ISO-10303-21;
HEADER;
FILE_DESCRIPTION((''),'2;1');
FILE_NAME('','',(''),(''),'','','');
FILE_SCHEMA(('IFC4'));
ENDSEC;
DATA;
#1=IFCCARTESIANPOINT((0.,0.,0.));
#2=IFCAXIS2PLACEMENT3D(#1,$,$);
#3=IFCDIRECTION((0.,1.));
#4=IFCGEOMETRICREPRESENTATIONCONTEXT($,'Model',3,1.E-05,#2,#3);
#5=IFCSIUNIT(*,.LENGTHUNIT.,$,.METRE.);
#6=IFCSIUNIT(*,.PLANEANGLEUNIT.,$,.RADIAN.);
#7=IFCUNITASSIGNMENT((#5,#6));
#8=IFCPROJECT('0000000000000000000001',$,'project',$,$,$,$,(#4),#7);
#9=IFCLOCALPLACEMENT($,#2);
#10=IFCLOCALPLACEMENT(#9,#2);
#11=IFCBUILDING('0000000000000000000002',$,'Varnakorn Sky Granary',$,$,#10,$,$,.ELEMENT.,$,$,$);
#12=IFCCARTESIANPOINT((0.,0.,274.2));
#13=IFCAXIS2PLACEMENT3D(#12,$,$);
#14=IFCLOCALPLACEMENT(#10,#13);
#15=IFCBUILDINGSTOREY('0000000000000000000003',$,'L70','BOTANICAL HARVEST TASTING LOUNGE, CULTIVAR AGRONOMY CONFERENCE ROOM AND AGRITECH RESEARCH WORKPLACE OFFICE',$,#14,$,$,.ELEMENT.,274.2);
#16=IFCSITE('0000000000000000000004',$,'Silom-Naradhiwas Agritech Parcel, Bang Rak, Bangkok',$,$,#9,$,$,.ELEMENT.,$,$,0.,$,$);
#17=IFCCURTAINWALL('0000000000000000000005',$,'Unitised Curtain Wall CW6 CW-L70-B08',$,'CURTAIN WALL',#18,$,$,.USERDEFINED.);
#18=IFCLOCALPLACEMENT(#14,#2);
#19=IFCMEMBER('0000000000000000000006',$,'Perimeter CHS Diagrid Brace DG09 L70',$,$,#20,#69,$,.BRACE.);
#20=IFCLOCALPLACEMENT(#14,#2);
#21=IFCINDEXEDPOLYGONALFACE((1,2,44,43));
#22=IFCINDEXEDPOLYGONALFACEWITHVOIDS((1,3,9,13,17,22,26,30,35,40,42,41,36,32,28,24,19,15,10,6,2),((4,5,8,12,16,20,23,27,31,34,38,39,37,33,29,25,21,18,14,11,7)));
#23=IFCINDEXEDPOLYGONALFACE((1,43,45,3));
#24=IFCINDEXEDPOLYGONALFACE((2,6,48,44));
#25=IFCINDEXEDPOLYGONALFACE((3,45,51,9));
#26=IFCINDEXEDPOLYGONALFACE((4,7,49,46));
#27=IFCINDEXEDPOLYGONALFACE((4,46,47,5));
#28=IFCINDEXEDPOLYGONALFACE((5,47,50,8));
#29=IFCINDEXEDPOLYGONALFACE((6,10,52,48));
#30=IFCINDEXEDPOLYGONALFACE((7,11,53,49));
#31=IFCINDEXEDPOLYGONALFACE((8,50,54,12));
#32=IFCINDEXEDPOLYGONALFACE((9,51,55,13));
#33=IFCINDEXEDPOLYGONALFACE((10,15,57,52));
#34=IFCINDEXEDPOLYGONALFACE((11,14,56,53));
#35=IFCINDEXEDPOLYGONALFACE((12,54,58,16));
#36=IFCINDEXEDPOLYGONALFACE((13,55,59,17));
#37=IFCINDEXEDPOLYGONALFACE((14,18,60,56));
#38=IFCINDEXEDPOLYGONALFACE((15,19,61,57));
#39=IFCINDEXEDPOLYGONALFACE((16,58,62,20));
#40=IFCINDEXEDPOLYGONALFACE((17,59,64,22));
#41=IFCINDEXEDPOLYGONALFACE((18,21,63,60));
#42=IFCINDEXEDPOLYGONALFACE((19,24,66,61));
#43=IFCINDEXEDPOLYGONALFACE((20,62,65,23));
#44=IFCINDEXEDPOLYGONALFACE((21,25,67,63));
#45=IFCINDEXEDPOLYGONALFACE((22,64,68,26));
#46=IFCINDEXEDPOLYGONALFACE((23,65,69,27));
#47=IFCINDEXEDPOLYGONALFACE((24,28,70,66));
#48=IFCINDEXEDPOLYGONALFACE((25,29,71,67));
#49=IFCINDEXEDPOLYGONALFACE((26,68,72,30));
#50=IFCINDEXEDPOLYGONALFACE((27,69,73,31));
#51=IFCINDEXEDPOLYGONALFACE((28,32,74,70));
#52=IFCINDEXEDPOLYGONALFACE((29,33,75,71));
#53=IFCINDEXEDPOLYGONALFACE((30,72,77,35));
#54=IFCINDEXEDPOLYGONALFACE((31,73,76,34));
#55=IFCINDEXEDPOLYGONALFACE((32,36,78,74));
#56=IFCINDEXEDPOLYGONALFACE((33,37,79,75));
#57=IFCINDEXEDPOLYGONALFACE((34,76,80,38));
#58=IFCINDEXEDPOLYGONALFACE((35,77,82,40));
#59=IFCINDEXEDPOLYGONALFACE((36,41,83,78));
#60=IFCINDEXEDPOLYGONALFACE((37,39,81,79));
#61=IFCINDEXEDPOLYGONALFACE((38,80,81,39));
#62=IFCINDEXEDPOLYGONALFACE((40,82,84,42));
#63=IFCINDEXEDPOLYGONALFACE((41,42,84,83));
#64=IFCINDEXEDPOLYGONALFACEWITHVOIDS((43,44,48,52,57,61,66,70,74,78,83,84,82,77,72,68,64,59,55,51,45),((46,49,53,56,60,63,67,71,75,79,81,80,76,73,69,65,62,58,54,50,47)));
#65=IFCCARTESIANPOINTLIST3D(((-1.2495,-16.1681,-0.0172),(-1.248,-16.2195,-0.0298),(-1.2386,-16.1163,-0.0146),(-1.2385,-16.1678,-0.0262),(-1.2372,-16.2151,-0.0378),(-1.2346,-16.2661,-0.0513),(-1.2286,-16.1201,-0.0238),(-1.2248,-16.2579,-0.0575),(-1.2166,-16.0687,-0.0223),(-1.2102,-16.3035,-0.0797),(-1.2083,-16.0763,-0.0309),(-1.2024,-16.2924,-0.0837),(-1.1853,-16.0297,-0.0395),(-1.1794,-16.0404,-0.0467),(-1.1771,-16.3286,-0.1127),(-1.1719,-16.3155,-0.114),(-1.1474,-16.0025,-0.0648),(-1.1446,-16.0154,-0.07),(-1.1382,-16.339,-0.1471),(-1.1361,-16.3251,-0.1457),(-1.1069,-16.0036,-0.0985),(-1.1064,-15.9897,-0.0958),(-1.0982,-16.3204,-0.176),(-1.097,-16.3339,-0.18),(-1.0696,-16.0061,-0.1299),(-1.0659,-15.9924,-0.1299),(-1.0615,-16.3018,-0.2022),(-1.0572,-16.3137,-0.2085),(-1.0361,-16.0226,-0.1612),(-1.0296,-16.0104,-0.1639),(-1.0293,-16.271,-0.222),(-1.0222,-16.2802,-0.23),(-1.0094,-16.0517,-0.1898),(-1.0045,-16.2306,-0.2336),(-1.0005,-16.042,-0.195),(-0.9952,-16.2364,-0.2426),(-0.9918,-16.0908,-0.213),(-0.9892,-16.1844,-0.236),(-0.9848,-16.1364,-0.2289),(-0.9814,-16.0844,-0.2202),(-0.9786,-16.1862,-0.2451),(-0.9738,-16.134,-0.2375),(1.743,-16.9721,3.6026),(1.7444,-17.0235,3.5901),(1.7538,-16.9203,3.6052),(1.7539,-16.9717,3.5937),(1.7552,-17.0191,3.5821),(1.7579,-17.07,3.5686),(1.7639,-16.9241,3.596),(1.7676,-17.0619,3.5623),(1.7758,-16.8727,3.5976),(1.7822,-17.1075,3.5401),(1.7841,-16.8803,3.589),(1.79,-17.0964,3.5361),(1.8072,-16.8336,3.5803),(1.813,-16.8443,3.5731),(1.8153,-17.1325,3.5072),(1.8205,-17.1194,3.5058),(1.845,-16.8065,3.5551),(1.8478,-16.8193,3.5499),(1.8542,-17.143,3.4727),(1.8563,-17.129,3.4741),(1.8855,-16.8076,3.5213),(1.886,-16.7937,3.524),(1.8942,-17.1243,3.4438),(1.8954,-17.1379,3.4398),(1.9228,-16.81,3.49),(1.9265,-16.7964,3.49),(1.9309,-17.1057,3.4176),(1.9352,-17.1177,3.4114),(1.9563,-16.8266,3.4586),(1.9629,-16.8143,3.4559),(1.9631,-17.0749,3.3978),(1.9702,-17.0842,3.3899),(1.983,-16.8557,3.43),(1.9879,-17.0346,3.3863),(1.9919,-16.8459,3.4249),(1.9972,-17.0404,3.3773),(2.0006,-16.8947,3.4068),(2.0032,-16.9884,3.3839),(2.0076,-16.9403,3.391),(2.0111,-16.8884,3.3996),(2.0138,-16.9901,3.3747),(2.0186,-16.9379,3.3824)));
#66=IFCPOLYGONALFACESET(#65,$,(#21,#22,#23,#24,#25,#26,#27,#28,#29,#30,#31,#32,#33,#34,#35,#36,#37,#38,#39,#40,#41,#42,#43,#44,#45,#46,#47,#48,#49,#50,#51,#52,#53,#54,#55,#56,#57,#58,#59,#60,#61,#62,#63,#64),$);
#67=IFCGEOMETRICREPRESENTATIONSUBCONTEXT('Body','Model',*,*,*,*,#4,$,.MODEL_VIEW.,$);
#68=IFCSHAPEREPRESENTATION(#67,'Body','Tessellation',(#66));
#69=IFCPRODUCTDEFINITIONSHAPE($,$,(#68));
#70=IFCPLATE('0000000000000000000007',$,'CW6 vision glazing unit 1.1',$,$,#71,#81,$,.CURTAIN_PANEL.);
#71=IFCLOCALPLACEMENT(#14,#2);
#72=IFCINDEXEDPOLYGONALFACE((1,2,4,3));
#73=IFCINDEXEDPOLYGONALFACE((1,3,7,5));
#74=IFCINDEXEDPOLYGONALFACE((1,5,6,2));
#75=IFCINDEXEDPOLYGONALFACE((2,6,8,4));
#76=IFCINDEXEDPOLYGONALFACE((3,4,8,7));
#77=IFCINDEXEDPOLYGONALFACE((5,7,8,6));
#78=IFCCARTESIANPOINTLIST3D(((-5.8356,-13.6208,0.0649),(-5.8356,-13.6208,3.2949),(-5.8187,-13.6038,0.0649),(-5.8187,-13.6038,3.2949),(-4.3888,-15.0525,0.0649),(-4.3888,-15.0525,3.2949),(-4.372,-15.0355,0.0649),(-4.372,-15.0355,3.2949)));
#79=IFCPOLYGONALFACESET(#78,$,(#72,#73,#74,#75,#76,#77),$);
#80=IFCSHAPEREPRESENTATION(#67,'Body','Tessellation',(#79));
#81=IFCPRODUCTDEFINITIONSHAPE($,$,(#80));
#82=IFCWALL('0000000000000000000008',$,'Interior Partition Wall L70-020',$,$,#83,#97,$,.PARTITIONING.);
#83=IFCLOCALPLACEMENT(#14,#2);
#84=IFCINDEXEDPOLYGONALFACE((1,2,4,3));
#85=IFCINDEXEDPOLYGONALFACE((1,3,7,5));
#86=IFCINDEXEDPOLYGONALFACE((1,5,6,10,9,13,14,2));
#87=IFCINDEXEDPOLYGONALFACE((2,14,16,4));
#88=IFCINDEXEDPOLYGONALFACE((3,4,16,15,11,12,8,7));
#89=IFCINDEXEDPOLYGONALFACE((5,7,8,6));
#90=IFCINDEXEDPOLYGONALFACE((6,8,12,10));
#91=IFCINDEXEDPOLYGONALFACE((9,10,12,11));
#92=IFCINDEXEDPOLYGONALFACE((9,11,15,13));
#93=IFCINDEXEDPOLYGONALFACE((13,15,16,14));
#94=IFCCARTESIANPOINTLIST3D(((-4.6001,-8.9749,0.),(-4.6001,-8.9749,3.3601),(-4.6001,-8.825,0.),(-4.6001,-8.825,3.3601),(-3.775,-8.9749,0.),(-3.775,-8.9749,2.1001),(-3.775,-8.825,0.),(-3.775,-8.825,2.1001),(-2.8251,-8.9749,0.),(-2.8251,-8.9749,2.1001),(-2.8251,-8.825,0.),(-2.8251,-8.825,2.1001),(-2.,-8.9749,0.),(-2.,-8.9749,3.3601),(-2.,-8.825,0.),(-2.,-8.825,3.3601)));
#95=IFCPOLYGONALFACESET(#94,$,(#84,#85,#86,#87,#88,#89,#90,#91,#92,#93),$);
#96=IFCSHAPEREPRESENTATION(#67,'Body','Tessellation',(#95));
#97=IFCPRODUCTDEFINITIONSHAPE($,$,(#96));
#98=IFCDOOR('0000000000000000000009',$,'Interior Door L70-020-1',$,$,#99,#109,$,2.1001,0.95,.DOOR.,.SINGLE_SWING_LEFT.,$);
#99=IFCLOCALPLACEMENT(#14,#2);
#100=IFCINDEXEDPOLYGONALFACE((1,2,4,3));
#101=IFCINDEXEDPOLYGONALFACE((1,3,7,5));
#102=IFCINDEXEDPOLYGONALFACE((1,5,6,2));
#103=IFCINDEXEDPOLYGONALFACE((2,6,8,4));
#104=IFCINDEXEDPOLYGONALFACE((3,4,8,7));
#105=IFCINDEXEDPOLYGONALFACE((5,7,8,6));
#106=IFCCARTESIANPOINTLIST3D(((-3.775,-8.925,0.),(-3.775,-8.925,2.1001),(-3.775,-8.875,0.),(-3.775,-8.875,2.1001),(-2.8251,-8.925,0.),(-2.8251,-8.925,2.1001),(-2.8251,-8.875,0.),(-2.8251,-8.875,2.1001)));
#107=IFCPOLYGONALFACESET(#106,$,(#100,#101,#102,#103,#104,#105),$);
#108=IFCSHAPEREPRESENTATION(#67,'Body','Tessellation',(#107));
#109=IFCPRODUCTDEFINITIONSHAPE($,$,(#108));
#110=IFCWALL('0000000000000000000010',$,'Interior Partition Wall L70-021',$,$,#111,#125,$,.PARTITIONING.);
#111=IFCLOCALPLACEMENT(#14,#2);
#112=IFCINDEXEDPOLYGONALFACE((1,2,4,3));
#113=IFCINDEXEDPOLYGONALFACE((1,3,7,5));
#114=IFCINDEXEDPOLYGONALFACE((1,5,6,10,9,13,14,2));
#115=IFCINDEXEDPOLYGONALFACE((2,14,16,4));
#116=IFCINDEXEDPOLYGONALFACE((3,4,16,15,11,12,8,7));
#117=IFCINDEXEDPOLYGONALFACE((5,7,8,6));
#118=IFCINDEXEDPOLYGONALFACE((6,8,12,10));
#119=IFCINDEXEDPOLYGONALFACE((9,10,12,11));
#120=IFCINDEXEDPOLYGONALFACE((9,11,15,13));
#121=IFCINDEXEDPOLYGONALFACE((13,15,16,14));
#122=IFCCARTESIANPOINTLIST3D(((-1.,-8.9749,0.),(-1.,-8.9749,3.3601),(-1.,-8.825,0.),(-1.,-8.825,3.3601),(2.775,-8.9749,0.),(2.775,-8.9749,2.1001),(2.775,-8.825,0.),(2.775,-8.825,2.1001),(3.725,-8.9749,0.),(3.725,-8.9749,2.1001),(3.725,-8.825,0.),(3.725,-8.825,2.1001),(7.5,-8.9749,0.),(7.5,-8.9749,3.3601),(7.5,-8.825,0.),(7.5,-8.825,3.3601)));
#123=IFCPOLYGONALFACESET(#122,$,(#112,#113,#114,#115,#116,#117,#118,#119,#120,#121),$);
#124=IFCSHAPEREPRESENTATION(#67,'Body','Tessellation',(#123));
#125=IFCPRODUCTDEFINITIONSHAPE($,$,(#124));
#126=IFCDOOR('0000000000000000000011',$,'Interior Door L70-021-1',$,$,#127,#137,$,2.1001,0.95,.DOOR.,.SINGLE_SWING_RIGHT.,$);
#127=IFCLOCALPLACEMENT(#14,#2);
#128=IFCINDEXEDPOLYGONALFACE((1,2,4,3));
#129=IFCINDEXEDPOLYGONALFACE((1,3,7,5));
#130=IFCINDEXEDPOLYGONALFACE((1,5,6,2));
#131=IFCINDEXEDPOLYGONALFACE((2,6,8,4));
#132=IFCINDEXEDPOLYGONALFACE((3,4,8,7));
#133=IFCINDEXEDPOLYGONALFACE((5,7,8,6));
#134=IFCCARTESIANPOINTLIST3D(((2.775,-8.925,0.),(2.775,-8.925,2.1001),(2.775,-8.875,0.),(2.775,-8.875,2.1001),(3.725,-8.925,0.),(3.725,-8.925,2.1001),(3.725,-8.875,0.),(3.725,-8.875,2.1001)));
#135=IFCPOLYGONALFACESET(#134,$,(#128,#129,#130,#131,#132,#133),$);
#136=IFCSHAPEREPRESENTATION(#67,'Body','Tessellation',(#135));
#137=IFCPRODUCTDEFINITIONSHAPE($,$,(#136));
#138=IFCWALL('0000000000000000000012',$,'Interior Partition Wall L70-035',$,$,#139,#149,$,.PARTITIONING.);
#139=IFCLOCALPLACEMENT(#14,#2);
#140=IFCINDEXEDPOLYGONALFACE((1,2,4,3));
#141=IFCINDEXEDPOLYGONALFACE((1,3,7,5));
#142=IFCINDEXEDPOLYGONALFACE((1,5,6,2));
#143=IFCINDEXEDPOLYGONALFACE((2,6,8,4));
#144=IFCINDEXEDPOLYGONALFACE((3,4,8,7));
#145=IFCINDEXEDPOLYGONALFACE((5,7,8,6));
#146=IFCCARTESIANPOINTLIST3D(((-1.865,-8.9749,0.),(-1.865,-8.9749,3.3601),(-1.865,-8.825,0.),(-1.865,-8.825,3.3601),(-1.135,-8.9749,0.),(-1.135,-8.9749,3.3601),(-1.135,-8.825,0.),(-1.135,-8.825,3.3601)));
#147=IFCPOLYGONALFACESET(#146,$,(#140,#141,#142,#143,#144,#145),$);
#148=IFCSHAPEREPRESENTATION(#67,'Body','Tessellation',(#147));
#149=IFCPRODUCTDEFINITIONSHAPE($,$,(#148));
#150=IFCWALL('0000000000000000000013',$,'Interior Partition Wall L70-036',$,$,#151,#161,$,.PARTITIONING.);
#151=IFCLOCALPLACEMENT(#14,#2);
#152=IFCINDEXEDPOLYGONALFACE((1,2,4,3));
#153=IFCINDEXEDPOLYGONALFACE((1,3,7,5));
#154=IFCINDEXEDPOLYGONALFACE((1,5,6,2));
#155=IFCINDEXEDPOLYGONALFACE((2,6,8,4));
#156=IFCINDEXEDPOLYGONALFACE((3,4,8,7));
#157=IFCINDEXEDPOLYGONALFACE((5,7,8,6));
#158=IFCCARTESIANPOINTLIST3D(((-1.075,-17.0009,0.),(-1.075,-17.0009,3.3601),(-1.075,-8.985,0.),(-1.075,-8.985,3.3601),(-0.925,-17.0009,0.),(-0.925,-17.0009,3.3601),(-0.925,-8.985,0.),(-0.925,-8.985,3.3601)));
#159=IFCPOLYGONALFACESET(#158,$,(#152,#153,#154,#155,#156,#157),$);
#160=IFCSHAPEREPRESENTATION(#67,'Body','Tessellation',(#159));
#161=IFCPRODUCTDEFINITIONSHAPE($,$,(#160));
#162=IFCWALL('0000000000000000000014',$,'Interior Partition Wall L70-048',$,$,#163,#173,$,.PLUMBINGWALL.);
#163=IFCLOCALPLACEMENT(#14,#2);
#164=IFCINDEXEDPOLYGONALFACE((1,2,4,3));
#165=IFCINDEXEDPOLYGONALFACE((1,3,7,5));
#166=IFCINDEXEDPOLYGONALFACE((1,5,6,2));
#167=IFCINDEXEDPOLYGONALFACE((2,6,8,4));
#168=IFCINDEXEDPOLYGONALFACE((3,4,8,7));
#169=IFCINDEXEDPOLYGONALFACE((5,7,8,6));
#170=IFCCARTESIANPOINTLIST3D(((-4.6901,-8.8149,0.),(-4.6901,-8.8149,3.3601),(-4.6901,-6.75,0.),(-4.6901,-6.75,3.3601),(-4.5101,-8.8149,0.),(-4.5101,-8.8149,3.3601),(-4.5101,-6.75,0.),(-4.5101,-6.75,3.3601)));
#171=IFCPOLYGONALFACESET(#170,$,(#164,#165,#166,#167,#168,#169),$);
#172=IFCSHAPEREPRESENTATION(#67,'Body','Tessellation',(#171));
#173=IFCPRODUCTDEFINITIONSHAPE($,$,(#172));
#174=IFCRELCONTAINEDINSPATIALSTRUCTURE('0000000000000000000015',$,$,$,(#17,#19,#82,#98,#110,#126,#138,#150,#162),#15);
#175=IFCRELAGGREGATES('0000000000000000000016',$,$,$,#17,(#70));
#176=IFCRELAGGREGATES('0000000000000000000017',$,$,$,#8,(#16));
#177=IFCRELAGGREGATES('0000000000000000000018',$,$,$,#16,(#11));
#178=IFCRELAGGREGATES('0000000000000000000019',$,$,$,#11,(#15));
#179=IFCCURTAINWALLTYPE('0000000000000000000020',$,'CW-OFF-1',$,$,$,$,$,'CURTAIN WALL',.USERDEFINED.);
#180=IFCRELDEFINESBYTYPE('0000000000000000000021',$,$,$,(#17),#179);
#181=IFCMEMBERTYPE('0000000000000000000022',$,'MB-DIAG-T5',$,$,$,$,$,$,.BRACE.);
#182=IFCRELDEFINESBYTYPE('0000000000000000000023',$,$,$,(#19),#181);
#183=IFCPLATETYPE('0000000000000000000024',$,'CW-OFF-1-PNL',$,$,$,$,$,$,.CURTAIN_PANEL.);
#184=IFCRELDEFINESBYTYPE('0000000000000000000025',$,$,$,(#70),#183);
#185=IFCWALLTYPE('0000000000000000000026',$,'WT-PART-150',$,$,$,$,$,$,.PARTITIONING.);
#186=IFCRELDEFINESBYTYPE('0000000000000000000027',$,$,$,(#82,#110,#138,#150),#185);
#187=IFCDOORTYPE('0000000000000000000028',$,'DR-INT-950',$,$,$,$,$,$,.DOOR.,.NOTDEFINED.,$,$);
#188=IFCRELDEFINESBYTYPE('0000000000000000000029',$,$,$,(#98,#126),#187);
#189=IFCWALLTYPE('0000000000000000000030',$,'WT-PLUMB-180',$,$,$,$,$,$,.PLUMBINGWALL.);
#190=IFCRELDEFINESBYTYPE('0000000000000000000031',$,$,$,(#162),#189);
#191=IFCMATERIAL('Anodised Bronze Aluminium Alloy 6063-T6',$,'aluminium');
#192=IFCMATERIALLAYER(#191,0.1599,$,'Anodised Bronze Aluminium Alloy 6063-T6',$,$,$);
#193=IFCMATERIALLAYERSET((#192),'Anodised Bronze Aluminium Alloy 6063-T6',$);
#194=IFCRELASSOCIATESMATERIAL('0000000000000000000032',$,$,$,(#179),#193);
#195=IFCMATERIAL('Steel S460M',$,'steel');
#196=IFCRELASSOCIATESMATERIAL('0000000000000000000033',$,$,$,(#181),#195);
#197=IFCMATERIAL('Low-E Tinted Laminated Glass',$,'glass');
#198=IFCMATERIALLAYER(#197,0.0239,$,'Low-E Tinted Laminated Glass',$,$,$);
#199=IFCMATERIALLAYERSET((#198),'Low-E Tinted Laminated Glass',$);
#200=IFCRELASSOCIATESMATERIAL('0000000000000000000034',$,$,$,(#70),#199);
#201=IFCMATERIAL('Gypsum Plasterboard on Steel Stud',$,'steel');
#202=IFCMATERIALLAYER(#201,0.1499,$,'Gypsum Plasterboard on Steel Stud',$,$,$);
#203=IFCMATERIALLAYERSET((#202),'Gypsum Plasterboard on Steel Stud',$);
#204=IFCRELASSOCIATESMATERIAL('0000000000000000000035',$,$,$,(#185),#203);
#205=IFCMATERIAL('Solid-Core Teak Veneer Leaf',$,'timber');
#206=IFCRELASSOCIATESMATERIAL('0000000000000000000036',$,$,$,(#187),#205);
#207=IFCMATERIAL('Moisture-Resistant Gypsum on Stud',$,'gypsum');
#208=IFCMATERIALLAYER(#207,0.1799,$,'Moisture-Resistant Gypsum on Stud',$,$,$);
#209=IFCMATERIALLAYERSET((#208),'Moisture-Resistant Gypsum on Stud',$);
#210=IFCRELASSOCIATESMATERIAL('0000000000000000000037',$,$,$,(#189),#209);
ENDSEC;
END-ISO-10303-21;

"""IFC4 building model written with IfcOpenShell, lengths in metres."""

from ifc_helpers import new_model, si_unit, direction, frame, frame_2d, origin, origin_2d, place, context, subcontext, project, spatial, rectangle, hollow_circle, extrude, source, transform, mapped, material, layer, layer_set, material_profile, profile_set, type_object, type_shapes, element, fill, aggregate, save


model = new_model("IFC4")

# Units and contexts
model_context = context("Model", 3, precision=1e-05, world=origin(), true_north=direction((0.0, 1.0)))
body_context = subcontext(model_context, "Body", "Model", "MODEL_VIEW")
ifc_project = project(units=[si_unit("LENGTHUNIT", "METRE"), si_unit("PLANEANGLEUNIT", "RADIAN")], contexts=[model_context])

# Site, building, storey
site_placement = place(None, origin())
site = spatial("IfcSite", under=ifc_project, at=site_placement, Name="Silom-Naradhiwas Agritech Parcel, Bang Rak, Bangkok", CompositionType="ELEMENT", RefElevation=0.0)
building_placement = place(site_placement, origin())
building = spatial("IfcBuilding", under=site, at=building_placement, Name="Varnakorn Sky Granary", CompositionType="ELEMENT")
storey_placement = place(building_placement, frame((0.0, 0.0, 274.2)))
storey = spatial("IfcBuildingStorey", under=building, at=storey_placement, Name="L70", Description="BOTANICAL HARVEST TASTING LOUNGE, CULTIVAR AGRONOMY CONFERENCE ROOM AND AGRITECH RESEARCH WORKPLACE OFFICE", CompositionType="ELEMENT", Elevation=274.2)

# Shared definitions
ifc_material_1 = material(Name="Steel S460M", Category="steel")

# Curtain wall
ifc_material_2 = material(Name="Anodised Bronze Aluminium Alloy 6063-T6", Category="aluminium")
ifc_layer_1 = layer(ifc_material_2, 0.1599, Name="Anodised Bronze Aluminium Alloy 6063-T6")
ifc_layer_set_1 = layer_set([ifc_layer_1], Name="Anodised Bronze Aluminium Alloy 6063-T6")
curtain_wall_type = type_object("IfcCurtainWallType", Name="CW-OFF-1", ElementType="CURTAIN WALL", PredefinedType="USERDEFINED", material=ifc_layer_set_1)
curtain_wall_placement = place(storey_placement, origin())
curtain_wall = element("IfcCurtainWall", 1, at=curtain_wall_placement, inside=storey, type_object=curtain_wall_type, Name="Unitised Curtain Wall CW6 CW-L70-B08", ObjectType="CURTAIN WALL", PredefinedType="USERDEFINED")

# Member
ifc_material_profile_1 = material_profile(ifc_material_1, hollow_circle(Radius=0.1777, WallThickness=0.0142, at=origin_2d()), Name="CHS 355.6x14")
ifc_profile_set_1 = profile_set([ifc_material_profile_1], Name="Steel S460M")
member_type_1 = type_object("IfcMemberType", Name="MB-DIAG-T5", PredefinedType="BRACE", material=ifc_profile_set_1)
member_1_placement = place(storey_placement, frame((-1.1121, -16.1641, -0.1299), z_axis=(0.628013, -0.168724, 0.759692), x_axis=(0.259462, 0.965753, 0.0)))
element("IfcMember", 2, at=member_1_placement, inside=storey, type_object=member_type_1, Name="Perimeter CHS Diagrid Brace DG09 L70", PredefinedType="BRACE", context=body_context, shape_type="SweptSolid", body=[
    extrude(hollow_circle(Radius=0.1777, WallThickness=0.0142, at=origin_2d()), origin(), (0.0, 0.0, 1.0), 4.7649),
])

# Plate
ifc_material_3 = material(Name="Low-E Tinted Laminated Glass", Category="glass")
ifc_layer_2 = layer(ifc_material_3, 0.0239, Name="Low-E Tinted Laminated Glass")
ifc_layer_set_2 = layer_set([ifc_layer_2], Name="Low-E Tinted Laminated Glass")
plate_type = type_object("IfcPlateType", Name="CW-OFF-1-PNL", PredefinedType="CURTAIN_PANEL")
shared_shape_1 = source(origin(), body_context, "Body", "SweptSolid", [
    extrude(rectangle(XDim=2.0354, YDim=0.0239, at=origin_2d()), origin(), (0.0, 0.0, 1.0), 3.23),
])
type_shapes(plate_type, [shared_shape_1])
plate_placement = place(storey_placement, frame((-5.1038, -14.3281, 0.0649), z_axis=(0.0, 0.0, 1.0), x_axis=(-0.710795, 0.703399, 0.0)))
plate = element("IfcPlate", 3, at=plate_placement, type_object=plate_type, material=ifc_layer_set_2, Name="CW6 vision glazing unit 1.1", PredefinedType="CURTAIN_PANEL", context=body_context, shape_type="MappedRepresentation", body=[
    mapped(shared_shape_1, transform((0.0, 0.0, 0.0), x_axis=(1.0, 0.0, 0.0), y_axis=(0.0, 1.0, 0.0), z_axis=(0.0, 0.0, 1.0), scale=1.0)),
])
aggregate(curtain_wall, [plate])

# Walls, openings, doors
ifc_material_4 = material(Name="Gypsum Plasterboard on Steel Stud", Category="steel")
ifc_layer_3 = layer(ifc_material_4, 0.1499, Name="Gypsum Plasterboard on Steel Stud")
ifc_layer_set_3 = layer_set([ifc_layer_3], Name="Gypsum Plasterboard on Steel Stud")
wall_type_1 = type_object("IfcWallType", Name="WT-PART-150", PredefinedType="PARTITIONING", material=ifc_layer_set_3)
wall_1_placement = place(storey_placement, frame((-4.6001, -8.8999, 0.0), z_axis=(0.0, 0.0, 1.0), x_axis=(1.0, 0.0, 0.0)))
wall_1 = element("IfcWall", 4, at=wall_1_placement, inside=storey, type_object=wall_type_1, Name="Interior Partition Wall L70-020", PredefinedType="PARTITIONING", context=body_context, shape_type="SweptSolid", body=[
    extrude(rectangle(XDim=2.6001, YDim=0.1499, at=frame_2d((1.3, 0.0))), origin(), (0.0, 0.0, 1.0), 3.3601),
])
opening_1_placement = place(wall_1_placement, frame((0.825, 0.0, 0.0)))
opening_1 = element("IfcOpeningElement", 5, at=opening_1_placement, cuts=wall_1, PredefinedType="OPENING", context=body_context, shape_type="SweptSolid", body=[
    extrude(rectangle(XDim=0.95, YDim=2.1001, at=frame_2d((0.4751, 1.05))), frame((0.0, 0.085, 0.0), z_axis=(0.0, -1.0, 0.0), x_axis=(1.0, 0.0, 0.0)), (0.0, 0.0, 1.0), 0.1699),
])
ifc_material_5 = material(Name="Solid-Core Teak Veneer Leaf", Category="timber")
door_type = type_object("IfcDoorType", Name="DR-INT-950", OperationType="NOTDEFINED", PredefinedType="DOOR", material=ifc_material_5)
door_1_placement = place(opening_1_placement, origin())
door_1 = element("IfcDoor", 6, at=door_1_placement, inside=storey, type_object=door_type, Name="Interior Door L70-020-1", OperationType="SINGLE_SWING_LEFT", OverallHeight=2.1001, OverallWidth=0.95, PredefinedType="DOOR", context=body_context, shape_type="SweptSolid", body=[
    extrude(rectangle(XDim=0.95, YDim=2.1001, at=frame_2d((0.4751, 1.05))), frame((0.0, 0.0249, 0.0), z_axis=(0.0, -1.0, 0.0), x_axis=(1.0, 0.0, 0.0)), (0.0, 0.0, 1.0), 0.05),
])
fill(opening_1, door_1)
wall_2_placement = place(storey_placement, frame((-1.0, -8.8999, 0.0), z_axis=(0.0, 0.0, 1.0), x_axis=(1.0, 0.0, 0.0)))
wall_2 = element("IfcWall", 7, at=wall_2_placement, inside=storey, type_object=wall_type_1, Name="Interior Partition Wall L70-021", PredefinedType="PARTITIONING", context=body_context, shape_type="SweptSolid", body=[
    extrude(rectangle(XDim=8.5, YDim=0.1499, at=frame_2d((4.25, 0.0))), origin(), (0.0, 0.0, 1.0), 3.3601),
])
opening_2_placement = place(wall_2_placement, frame((3.7749, 0.0, 0.0)))
opening_2 = element("IfcOpeningElement", 8, at=opening_2_placement, cuts=wall_2, PredefinedType="OPENING", context=body_context, shape_type="SweptSolid", body=[
    extrude(rectangle(XDim=0.95, YDim=2.1001, at=frame_2d((0.4751, 1.05))), frame((0.0, 0.085, 0.0), z_axis=(0.0, -1.0, 0.0), x_axis=(1.0, 0.0, 0.0)), (0.0, 0.0, 1.0), 0.1699),
])
door_2_placement = place(opening_2_placement, origin())
door_2 = element("IfcDoor", 9, at=door_2_placement, inside=storey, type_object=door_type, Name="Interior Door L70-021-1", OperationType="SINGLE_SWING_RIGHT", OverallHeight=2.1001, OverallWidth=0.95, PredefinedType="DOOR", context=body_context, shape_type="SweptSolid", body=[
    extrude(rectangle(XDim=0.95, YDim=2.1001, at=frame_2d((0.4751, 1.05))), frame((0.0, 0.0249, 0.0), z_axis=(0.0, -1.0, 0.0), x_axis=(1.0, 0.0, 0.0)), (0.0, 0.0, 1.0), 0.05),
])
fill(opening_2, door_2)

# Walls
wall_3_placement = place(storey_placement, frame((-1.865, -8.8999, 0.0), z_axis=(0.0, 0.0, 1.0), x_axis=(1.0, 0.0, 0.0)))
element("IfcWall", 10, at=wall_3_placement, inside=storey, type_object=wall_type_1, Name="Interior Partition Wall L70-035", PredefinedType="PARTITIONING", context=body_context, shape_type="SweptSolid", body=[
    extrude(rectangle(XDim=0.73, YDim=0.1499, at=frame_2d((0.365, 0.0))), origin(), (0.0, 0.0, 1.0), 3.3601),
])
wall_4_placement = place(storey_placement, frame((-1.0, -8.9851, 0.0), z_axis=(0.0, 0.0, 1.0), x_axis=(0.0, -1.0, 0.0)))
element("IfcWall", 11, at=wall_4_placement, inside=storey, type_object=wall_type_1, Name="Interior Partition Wall L70-036", PredefinedType="PARTITIONING", context=body_context, shape_type="SweptSolid", body=[
    extrude(rectangle(XDim=8.0159, YDim=0.1499, at=frame_2d((4.0078, 0.0))), origin(), (0.0, 0.0, 1.0), 3.3601),
])
ifc_material_6 = material(Name="Moisture-Resistant Gypsum on Stud", Category="gypsum")
ifc_layer_4 = layer(ifc_material_6, 0.1799, Name="Moisture-Resistant Gypsum on Stud")
ifc_layer_set_4 = layer_set([ifc_layer_4], Name="Moisture-Resistant Gypsum on Stud")
wall_type_2 = type_object("IfcWallType", Name="WT-PLUMB-180", PredefinedType="PLUMBINGWALL", material=ifc_layer_set_4)
wall_5_placement = place(storey_placement, frame((-4.6001, -6.75, 0.0), z_axis=(0.0, 0.0, 1.0), x_axis=(0.0, -1.0, 0.0)))
element("IfcWall", 12, at=wall_5_placement, inside=storey, type_object=wall_type_2, Name="Interior Partition Wall L70-048", PredefinedType="PLUMBINGWALL", context=body_context, shape_type="SweptSolid", body=[
    extrude(rectangle(XDim=2.0649, YDim=0.1799, at=frame_2d((1.0325, 0.0))), origin(), (0.0, 0.0, 1.0), 3.3601),
])

save(model, "model.ifc")
